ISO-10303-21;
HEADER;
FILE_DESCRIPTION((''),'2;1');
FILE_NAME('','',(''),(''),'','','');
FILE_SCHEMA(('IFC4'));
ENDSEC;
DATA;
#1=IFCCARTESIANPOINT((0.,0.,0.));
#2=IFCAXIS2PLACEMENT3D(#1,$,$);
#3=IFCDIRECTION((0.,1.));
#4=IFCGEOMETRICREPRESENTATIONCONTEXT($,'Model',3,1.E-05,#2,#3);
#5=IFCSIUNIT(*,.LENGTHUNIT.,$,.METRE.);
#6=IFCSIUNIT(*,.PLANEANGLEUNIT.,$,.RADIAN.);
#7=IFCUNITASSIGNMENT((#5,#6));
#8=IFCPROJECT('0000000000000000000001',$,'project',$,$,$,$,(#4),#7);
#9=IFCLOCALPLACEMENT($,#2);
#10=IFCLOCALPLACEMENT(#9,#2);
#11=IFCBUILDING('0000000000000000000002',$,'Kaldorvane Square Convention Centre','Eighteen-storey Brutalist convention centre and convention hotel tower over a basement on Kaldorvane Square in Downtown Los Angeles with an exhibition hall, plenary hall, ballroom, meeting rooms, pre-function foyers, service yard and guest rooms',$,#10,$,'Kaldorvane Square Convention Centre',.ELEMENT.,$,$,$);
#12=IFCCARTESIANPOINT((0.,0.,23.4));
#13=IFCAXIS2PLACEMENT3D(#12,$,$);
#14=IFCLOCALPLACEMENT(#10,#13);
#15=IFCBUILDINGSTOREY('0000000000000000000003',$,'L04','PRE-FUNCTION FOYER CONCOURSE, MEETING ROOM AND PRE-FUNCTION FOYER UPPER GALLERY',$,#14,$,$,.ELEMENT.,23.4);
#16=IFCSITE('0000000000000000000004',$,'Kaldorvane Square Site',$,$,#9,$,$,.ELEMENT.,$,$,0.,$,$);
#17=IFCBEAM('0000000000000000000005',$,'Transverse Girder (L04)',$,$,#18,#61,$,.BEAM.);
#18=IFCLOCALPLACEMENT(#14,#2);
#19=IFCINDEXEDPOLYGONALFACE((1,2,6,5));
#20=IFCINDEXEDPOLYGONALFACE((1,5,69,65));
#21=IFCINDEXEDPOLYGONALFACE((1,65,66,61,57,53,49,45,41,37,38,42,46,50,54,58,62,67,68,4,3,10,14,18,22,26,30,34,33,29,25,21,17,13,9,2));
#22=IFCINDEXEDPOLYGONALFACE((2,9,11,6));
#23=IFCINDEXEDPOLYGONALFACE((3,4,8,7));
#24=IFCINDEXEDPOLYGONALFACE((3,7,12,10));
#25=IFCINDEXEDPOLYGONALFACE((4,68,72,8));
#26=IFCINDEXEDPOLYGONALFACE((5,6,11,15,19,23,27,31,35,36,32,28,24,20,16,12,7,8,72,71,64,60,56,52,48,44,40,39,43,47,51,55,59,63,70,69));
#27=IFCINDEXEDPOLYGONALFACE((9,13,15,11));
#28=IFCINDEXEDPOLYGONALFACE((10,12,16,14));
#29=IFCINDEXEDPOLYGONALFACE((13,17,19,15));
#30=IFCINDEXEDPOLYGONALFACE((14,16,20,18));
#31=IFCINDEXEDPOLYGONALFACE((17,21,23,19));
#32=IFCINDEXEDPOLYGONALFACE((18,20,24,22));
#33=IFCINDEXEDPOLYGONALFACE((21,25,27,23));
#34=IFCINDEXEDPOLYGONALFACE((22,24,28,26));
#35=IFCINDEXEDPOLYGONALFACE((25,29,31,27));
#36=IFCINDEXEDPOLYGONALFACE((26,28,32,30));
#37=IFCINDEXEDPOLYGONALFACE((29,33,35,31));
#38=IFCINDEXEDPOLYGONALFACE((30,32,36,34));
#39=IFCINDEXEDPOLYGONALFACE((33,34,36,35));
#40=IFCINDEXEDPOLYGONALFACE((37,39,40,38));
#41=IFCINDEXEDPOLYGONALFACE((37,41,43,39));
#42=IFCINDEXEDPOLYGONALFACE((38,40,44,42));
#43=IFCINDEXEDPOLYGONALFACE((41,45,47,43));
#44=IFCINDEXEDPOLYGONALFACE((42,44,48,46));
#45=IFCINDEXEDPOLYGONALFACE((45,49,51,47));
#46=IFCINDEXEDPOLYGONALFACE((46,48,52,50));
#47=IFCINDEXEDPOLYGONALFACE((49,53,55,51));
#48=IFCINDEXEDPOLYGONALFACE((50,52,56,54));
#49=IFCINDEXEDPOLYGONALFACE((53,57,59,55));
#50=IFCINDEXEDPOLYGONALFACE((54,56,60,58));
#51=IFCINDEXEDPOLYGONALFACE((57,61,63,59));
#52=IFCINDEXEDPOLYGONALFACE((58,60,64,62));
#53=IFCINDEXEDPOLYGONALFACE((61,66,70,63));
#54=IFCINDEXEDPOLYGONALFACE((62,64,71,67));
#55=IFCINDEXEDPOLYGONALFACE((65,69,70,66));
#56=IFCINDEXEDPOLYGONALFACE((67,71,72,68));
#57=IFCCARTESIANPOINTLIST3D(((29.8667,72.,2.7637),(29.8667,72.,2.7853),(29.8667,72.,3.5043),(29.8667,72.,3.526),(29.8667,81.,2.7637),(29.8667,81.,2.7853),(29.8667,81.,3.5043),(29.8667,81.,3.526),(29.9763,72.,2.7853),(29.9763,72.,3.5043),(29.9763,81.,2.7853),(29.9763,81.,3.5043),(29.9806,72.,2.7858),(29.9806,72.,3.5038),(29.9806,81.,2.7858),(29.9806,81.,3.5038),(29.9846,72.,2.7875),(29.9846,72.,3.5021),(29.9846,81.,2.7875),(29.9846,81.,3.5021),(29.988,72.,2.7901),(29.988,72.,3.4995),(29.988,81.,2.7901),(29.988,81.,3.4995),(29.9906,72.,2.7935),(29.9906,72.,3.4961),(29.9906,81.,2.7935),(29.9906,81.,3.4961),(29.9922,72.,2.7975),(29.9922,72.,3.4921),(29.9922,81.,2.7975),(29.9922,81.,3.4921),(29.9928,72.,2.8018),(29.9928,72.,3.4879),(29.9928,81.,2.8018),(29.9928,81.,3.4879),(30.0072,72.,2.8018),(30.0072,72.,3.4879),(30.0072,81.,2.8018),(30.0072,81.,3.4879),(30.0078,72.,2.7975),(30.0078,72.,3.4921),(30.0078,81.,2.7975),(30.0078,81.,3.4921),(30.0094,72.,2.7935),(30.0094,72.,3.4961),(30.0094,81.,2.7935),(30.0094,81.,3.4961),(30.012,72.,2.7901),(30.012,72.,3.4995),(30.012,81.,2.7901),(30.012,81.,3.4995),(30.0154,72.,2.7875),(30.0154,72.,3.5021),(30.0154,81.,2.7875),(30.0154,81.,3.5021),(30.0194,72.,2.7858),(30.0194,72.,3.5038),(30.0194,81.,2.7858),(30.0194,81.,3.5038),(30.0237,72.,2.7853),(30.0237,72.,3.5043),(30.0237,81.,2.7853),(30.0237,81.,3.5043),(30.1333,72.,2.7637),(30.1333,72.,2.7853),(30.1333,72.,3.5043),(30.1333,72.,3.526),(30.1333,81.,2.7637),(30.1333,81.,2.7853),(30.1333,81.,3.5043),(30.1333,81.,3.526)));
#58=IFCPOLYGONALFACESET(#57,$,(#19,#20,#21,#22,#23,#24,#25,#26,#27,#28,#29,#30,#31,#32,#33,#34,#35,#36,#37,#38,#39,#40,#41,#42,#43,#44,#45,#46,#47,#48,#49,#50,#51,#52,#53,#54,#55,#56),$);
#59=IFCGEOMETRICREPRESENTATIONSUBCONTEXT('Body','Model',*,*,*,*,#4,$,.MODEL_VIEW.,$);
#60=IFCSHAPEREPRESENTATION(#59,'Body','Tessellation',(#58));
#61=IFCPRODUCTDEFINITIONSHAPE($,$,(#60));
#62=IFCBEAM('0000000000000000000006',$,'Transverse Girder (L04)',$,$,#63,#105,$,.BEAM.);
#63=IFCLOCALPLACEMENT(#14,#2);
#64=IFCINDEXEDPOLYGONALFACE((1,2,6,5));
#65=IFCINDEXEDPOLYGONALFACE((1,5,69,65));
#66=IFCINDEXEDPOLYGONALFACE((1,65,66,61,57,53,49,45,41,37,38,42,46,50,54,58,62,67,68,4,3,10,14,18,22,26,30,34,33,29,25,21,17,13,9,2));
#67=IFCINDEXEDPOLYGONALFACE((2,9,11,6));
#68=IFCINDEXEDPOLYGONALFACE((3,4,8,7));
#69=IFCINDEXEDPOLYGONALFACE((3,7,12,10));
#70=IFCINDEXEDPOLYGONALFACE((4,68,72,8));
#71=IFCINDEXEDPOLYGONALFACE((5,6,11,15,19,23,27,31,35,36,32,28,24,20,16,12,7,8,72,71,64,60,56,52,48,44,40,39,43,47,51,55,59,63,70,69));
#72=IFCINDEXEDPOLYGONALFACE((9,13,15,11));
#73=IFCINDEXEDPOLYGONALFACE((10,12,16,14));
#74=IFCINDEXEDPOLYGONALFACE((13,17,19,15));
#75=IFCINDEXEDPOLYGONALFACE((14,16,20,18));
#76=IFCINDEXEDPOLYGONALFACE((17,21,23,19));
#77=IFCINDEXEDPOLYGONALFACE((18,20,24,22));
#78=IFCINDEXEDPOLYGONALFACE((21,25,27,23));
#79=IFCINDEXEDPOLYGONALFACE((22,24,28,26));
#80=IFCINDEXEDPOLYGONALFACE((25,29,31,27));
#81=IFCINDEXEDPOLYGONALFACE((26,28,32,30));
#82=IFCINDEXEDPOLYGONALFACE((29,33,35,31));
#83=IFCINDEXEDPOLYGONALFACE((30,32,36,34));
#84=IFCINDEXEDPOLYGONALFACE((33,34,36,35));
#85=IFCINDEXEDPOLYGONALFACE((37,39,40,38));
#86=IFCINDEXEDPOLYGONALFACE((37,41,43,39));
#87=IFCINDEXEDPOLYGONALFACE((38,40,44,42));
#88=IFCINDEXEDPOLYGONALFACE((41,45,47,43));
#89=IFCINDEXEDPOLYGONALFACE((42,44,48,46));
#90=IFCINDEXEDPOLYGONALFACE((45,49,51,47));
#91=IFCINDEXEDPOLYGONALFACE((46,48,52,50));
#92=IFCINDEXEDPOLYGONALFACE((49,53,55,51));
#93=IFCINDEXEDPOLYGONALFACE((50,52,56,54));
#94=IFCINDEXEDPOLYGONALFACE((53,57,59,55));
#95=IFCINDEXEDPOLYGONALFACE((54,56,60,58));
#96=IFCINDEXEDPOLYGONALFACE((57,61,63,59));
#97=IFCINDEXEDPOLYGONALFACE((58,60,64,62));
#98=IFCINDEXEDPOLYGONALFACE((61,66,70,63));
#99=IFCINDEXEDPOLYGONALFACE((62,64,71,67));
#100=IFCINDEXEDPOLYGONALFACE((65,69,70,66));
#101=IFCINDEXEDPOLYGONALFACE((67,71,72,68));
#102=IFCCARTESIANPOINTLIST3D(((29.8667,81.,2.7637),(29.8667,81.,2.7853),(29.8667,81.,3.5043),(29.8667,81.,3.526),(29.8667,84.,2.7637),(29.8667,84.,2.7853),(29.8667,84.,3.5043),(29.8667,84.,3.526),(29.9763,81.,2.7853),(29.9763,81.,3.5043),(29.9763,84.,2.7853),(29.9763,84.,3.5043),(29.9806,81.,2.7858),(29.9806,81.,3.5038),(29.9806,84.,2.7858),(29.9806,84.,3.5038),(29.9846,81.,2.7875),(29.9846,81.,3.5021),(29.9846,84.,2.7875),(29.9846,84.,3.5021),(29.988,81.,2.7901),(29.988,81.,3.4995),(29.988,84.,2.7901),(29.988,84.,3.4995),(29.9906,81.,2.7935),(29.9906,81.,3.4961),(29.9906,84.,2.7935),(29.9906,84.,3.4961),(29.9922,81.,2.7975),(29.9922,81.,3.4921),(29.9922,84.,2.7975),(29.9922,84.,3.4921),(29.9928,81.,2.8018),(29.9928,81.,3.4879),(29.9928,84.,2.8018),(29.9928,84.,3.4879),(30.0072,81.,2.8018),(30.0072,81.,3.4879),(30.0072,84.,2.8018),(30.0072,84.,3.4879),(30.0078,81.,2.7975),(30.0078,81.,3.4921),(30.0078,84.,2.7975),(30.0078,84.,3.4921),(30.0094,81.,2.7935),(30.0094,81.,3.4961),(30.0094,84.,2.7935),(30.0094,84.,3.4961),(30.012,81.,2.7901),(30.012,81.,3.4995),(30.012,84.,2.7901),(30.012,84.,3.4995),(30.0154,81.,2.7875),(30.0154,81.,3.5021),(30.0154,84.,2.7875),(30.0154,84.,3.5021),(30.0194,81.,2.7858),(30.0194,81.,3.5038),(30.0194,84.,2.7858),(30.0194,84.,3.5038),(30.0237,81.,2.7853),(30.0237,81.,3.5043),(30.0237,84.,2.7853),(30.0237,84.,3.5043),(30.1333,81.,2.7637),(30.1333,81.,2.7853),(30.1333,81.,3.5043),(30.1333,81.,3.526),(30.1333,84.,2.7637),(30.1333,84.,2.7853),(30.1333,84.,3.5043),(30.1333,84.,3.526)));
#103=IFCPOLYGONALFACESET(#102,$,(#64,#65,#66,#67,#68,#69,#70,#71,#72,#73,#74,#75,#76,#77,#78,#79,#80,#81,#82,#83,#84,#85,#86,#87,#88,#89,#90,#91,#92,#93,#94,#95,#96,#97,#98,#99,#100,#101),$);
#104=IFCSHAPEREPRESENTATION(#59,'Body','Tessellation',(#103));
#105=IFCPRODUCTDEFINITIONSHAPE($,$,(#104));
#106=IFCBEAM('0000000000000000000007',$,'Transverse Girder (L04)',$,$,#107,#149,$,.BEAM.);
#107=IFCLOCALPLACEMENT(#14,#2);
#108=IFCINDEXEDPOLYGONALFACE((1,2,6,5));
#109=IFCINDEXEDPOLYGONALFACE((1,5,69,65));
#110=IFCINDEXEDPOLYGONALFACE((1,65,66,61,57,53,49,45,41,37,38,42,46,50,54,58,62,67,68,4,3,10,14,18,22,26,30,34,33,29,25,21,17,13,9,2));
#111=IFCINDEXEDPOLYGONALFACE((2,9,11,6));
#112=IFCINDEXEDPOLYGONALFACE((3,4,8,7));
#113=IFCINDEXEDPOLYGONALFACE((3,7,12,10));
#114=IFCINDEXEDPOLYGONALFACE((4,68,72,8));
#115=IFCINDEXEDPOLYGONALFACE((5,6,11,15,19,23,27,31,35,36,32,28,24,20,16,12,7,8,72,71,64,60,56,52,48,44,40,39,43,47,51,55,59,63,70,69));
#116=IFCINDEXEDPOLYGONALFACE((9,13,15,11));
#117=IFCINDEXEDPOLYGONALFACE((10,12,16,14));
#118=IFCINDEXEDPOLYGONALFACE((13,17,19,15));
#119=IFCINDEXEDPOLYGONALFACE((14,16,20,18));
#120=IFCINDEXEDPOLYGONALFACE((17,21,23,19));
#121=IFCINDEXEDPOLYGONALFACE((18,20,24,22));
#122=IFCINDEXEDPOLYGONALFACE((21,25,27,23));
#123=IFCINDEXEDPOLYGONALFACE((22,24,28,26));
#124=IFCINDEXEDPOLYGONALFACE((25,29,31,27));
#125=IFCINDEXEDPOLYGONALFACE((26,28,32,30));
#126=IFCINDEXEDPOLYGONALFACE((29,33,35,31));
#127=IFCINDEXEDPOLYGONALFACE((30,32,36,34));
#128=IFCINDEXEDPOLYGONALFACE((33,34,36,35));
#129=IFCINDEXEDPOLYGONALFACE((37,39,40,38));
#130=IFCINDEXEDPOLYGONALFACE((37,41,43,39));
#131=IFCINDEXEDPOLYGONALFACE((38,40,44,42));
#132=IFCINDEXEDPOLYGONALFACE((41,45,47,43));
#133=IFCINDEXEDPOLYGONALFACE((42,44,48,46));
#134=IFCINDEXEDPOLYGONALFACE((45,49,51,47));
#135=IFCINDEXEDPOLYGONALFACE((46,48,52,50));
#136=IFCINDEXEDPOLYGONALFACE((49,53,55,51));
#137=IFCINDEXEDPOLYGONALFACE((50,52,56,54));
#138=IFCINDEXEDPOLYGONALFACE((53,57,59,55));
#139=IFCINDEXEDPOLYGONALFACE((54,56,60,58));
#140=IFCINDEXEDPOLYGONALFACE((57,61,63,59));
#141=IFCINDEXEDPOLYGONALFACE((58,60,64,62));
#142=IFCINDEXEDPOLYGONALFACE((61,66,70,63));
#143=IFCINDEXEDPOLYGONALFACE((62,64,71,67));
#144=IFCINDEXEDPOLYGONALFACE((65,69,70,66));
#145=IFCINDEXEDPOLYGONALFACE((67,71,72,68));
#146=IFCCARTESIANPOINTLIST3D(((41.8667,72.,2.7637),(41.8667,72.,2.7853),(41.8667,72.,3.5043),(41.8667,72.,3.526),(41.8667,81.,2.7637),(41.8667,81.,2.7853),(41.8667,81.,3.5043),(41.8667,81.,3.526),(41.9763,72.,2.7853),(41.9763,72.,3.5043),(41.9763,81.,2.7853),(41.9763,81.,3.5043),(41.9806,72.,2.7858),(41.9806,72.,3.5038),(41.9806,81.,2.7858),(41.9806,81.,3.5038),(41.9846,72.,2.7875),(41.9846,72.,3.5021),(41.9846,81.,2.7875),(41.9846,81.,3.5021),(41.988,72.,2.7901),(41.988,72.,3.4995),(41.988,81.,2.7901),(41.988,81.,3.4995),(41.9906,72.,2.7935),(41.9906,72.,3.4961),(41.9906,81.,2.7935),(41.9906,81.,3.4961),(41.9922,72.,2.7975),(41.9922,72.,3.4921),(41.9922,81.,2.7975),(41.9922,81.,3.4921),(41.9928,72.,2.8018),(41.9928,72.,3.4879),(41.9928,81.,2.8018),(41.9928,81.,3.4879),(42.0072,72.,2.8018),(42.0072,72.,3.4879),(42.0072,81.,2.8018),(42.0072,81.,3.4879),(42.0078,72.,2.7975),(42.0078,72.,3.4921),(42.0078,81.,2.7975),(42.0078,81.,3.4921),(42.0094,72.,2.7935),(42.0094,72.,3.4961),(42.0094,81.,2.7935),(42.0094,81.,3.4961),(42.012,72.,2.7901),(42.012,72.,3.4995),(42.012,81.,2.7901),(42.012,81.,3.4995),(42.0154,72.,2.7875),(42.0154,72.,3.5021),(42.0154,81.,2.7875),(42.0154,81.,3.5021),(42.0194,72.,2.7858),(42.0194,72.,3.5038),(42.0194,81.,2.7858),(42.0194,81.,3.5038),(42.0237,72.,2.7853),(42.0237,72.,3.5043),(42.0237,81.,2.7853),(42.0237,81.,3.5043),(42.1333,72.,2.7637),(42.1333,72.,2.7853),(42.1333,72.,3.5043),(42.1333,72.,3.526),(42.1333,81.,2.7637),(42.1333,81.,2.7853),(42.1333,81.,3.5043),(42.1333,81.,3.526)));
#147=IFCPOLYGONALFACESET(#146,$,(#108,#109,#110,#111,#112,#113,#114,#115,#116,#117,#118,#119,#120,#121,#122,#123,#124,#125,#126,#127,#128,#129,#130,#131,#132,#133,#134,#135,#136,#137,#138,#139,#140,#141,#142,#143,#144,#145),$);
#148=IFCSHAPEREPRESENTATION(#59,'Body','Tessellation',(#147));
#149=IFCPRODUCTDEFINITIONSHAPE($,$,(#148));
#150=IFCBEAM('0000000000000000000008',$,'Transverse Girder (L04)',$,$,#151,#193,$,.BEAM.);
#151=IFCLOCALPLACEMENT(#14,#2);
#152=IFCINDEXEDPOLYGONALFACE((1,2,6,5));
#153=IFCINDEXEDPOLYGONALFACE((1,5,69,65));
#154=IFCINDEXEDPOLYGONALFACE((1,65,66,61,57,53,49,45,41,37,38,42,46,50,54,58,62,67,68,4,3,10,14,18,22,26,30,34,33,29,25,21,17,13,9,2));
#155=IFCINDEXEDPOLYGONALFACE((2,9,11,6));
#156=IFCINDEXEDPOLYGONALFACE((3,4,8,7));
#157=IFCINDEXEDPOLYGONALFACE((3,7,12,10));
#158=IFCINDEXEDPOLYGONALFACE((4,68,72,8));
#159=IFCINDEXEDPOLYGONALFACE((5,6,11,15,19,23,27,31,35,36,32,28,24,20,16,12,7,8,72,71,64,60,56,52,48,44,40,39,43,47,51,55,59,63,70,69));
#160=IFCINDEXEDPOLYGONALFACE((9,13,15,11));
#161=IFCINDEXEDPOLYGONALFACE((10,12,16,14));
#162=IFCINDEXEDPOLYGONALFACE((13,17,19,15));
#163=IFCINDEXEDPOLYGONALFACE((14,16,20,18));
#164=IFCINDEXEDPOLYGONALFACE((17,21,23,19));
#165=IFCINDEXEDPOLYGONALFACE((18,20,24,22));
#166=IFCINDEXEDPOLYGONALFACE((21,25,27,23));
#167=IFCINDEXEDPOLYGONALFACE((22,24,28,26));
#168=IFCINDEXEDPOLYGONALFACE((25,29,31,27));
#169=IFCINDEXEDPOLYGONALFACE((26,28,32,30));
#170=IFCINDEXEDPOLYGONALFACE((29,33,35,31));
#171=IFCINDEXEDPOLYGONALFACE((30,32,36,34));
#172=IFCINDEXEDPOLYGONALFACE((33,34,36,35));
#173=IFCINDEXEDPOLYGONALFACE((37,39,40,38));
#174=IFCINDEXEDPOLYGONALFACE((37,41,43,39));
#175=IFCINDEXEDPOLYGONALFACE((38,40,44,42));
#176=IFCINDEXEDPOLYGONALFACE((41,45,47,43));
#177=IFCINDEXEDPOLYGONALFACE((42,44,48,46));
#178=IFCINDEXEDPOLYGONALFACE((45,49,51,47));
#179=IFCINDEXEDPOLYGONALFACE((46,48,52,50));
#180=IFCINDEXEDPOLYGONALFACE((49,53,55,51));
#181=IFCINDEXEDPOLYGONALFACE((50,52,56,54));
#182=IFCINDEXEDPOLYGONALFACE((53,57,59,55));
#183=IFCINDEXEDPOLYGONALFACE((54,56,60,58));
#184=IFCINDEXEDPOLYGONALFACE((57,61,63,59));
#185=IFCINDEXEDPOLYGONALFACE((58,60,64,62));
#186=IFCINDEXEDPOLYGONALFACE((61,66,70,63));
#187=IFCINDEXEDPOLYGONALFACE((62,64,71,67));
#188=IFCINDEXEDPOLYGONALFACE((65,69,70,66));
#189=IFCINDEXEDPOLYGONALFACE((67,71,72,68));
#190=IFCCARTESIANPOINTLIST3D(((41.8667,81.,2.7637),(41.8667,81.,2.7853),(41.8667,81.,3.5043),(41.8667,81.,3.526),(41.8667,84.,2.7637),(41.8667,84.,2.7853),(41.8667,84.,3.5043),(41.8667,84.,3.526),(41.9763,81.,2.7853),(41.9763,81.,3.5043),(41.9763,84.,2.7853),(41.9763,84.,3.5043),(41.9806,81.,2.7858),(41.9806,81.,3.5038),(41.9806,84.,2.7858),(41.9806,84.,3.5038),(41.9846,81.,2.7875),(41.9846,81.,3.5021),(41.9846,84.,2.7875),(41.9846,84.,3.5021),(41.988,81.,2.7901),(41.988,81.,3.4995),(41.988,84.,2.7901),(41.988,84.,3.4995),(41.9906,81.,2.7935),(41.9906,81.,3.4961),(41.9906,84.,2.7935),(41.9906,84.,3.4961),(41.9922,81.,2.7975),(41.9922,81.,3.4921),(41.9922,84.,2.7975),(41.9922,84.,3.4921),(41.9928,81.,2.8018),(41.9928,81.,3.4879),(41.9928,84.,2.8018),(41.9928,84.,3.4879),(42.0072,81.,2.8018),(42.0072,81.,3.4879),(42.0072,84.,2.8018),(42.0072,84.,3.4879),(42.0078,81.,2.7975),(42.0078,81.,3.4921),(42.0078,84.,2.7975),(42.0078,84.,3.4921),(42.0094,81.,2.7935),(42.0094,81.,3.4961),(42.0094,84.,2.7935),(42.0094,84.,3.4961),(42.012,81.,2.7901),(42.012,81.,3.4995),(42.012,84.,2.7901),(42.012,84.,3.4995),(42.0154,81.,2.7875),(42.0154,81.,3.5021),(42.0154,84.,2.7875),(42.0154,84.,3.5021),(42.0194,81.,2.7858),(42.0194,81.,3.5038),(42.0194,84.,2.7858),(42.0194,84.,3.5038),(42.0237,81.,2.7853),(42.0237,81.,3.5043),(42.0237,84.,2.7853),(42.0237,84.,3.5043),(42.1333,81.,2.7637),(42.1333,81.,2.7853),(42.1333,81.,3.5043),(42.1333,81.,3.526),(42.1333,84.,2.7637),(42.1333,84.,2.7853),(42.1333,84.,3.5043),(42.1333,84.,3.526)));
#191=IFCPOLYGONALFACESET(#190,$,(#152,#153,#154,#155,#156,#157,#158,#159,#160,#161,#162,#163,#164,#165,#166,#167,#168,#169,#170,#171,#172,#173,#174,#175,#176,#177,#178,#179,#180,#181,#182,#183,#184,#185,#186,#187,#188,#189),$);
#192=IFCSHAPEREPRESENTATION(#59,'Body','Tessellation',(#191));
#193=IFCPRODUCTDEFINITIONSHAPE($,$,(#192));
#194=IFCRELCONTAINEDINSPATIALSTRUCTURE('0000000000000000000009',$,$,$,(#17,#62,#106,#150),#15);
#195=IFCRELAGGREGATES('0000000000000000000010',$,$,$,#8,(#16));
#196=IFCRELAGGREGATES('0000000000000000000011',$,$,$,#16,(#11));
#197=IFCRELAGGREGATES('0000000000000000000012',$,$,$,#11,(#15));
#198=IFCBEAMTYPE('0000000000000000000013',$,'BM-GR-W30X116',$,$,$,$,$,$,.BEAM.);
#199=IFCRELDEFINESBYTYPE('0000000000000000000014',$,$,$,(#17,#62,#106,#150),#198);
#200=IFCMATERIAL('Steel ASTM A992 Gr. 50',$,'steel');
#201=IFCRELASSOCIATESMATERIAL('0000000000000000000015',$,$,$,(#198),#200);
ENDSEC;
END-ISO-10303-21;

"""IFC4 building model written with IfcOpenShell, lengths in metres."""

from ifc_helpers import new_model, si_unit, direction, frame, origin, origin_2d, place, context, subcontext, project, spatial, i_section, extrude, material, material_profile, profile_set, type_object, element, save


model = new_model("IFC4")

# Units and contexts
model_context = context("Model", 3, precision=1e-05, world=origin(), true_north=direction((0.0, 1.0)))
body_context = subcontext(model_context, "Body", "Model", "MODEL_VIEW")
ifc_project = project(units=[si_unit("LENGTHUNIT", "METRE"), si_unit("PLANEANGLEUNIT", "RADIAN")], contexts=[model_context])

# Site, building, storey
site_placement = place(None, origin())
site = spatial("IfcSite", under=ifc_project, at=site_placement, Name="Kaldorvane Square Site", CompositionType="ELEMENT", RefElevation=0.0)
building_placement = place(site_placement, origin())
building = spatial("IfcBuilding", under=site, at=building_placement, Name="Kaldorvane Square Convention Centre", Description="Eighteen-storey Brutalist convention centre and convention hotel tower over a basement on Kaldorvane Square in Downtown Los Angeles with an exhibition hall, plenary hall, ballroom, meeting rooms, pre-function foyers, service yard and guest rooms", LongName="Kaldorvane Square Convention Centre", CompositionType="ELEMENT")
storey_placement = place(building_placement, frame((0.0, 0.0, 23.4)))
storey = spatial("IfcBuildingStorey", under=building, at=storey_placement, Name="L04", Description="PRE-FUNCTION FOYER CONCOURSE, MEETING ROOM AND PRE-FUNCTION FOYER UPPER GALLERY", CompositionType="ELEMENT", Elevation=23.4)

# Shared definitions
ifc_material_1 = material(Name="Steel ASTM A992 Gr. 50", Category="steel")

# Beams
ifc_material_profile_1 = material_profile(ifc_material_1, i_section(OverallWidth=0.2666, OverallDepth=0.7623, WebThickness=0.0144, FlangeThickness=0.0216, FilletRadius=0.0165, at=origin_2d()), Name="W30X116")
ifc_profile_set_1 = profile_set([ifc_material_profile_1], Name="Steel ASTM A992 Gr. 50")
beam_type_1 = type_object("IfcBeamType", Name="BM-GR-W30X116", PredefinedType="BEAM", material=ifc_profile_set_1)
beam_1_placement = place(storey_placement, frame((30.0, 72.0, 3.1448), z_axis=(0.0, 1.0, 0.0), x_axis=(-1.0, 0.0, 0.0)))
element("IfcBeam", 1, at=beam_1_placement, inside=storey, type_object=beam_type_1, Name="Transverse Girder (L04)", PredefinedType="BEAM", context=body_context, shape_type="SweptSolid", body=[
    extrude(i_section(OverallWidth=0.2666, OverallDepth=0.7623, WebThickness=0.0144, FlangeThickness=0.0216, FilletRadius=0.0165, at=origin_2d()), origin(), (0.0, 0.0, 1.0), 9.0),
])
beam_2_placement = place(storey_placement, frame((30.0, 81.0, 3.1448), z_axis=(0.0, 1.0, 0.0), x_axis=(-1.0, 0.0, 0.0)))
element("IfcBeam", 2, at=beam_2_placement, inside=storey, type_object=beam_type_1, Name="Transverse Girder (L04)", PredefinedType="BEAM", context=body_context, shape_type="SweptSolid", body=[
    extrude(i_section(OverallWidth=0.2666, OverallDepth=0.7623, WebThickness=0.0144, FlangeThickness=0.0216, FilletRadius=0.0165, at=origin_2d()), origin(), (0.0, 0.0, 1.0), 3.0),
])
beam_3_placement = place(storey_placement, frame((42.0, 72.0, 3.1448), z_axis=(0.0, 1.0, 0.0), x_axis=(-1.0, 0.0, 0.0)))
element("IfcBeam", 3, at=beam_3_placement, inside=storey, type_object=beam_type_1, Name="Transverse Girder (L04)", PredefinedType="BEAM", context=body_context, shape_type="SweptSolid", body=[
    extrude(i_section(OverallWidth=0.2666, OverallDepth=0.7623, WebThickness=0.0144, FlangeThickness=0.0216, FilletRadius=0.0165, at=origin_2d()), origin(), (0.0, 0.0, 1.0), 9.0),
])
beam_4_placement = place(storey_placement, frame((42.0, 81.0, 3.1448), z_axis=(0.0, 1.0, 0.0), x_axis=(-1.0, 0.0, 0.0)))
element("IfcBeam", 4, at=beam_4_placement, inside=storey, type_object=beam_type_1, Name="Transverse Girder (L04)", PredefinedType="BEAM", context=body_context, shape_type="SweptSolid", body=[
    extrude(i_section(OverallWidth=0.2666, OverallDepth=0.7623, WebThickness=0.0144, FlangeThickness=0.0216, FilletRadius=0.0165, at=origin_2d()), origin(), (0.0, 0.0, 1.0), 3.0),
])

save(model, "model.ifc")
